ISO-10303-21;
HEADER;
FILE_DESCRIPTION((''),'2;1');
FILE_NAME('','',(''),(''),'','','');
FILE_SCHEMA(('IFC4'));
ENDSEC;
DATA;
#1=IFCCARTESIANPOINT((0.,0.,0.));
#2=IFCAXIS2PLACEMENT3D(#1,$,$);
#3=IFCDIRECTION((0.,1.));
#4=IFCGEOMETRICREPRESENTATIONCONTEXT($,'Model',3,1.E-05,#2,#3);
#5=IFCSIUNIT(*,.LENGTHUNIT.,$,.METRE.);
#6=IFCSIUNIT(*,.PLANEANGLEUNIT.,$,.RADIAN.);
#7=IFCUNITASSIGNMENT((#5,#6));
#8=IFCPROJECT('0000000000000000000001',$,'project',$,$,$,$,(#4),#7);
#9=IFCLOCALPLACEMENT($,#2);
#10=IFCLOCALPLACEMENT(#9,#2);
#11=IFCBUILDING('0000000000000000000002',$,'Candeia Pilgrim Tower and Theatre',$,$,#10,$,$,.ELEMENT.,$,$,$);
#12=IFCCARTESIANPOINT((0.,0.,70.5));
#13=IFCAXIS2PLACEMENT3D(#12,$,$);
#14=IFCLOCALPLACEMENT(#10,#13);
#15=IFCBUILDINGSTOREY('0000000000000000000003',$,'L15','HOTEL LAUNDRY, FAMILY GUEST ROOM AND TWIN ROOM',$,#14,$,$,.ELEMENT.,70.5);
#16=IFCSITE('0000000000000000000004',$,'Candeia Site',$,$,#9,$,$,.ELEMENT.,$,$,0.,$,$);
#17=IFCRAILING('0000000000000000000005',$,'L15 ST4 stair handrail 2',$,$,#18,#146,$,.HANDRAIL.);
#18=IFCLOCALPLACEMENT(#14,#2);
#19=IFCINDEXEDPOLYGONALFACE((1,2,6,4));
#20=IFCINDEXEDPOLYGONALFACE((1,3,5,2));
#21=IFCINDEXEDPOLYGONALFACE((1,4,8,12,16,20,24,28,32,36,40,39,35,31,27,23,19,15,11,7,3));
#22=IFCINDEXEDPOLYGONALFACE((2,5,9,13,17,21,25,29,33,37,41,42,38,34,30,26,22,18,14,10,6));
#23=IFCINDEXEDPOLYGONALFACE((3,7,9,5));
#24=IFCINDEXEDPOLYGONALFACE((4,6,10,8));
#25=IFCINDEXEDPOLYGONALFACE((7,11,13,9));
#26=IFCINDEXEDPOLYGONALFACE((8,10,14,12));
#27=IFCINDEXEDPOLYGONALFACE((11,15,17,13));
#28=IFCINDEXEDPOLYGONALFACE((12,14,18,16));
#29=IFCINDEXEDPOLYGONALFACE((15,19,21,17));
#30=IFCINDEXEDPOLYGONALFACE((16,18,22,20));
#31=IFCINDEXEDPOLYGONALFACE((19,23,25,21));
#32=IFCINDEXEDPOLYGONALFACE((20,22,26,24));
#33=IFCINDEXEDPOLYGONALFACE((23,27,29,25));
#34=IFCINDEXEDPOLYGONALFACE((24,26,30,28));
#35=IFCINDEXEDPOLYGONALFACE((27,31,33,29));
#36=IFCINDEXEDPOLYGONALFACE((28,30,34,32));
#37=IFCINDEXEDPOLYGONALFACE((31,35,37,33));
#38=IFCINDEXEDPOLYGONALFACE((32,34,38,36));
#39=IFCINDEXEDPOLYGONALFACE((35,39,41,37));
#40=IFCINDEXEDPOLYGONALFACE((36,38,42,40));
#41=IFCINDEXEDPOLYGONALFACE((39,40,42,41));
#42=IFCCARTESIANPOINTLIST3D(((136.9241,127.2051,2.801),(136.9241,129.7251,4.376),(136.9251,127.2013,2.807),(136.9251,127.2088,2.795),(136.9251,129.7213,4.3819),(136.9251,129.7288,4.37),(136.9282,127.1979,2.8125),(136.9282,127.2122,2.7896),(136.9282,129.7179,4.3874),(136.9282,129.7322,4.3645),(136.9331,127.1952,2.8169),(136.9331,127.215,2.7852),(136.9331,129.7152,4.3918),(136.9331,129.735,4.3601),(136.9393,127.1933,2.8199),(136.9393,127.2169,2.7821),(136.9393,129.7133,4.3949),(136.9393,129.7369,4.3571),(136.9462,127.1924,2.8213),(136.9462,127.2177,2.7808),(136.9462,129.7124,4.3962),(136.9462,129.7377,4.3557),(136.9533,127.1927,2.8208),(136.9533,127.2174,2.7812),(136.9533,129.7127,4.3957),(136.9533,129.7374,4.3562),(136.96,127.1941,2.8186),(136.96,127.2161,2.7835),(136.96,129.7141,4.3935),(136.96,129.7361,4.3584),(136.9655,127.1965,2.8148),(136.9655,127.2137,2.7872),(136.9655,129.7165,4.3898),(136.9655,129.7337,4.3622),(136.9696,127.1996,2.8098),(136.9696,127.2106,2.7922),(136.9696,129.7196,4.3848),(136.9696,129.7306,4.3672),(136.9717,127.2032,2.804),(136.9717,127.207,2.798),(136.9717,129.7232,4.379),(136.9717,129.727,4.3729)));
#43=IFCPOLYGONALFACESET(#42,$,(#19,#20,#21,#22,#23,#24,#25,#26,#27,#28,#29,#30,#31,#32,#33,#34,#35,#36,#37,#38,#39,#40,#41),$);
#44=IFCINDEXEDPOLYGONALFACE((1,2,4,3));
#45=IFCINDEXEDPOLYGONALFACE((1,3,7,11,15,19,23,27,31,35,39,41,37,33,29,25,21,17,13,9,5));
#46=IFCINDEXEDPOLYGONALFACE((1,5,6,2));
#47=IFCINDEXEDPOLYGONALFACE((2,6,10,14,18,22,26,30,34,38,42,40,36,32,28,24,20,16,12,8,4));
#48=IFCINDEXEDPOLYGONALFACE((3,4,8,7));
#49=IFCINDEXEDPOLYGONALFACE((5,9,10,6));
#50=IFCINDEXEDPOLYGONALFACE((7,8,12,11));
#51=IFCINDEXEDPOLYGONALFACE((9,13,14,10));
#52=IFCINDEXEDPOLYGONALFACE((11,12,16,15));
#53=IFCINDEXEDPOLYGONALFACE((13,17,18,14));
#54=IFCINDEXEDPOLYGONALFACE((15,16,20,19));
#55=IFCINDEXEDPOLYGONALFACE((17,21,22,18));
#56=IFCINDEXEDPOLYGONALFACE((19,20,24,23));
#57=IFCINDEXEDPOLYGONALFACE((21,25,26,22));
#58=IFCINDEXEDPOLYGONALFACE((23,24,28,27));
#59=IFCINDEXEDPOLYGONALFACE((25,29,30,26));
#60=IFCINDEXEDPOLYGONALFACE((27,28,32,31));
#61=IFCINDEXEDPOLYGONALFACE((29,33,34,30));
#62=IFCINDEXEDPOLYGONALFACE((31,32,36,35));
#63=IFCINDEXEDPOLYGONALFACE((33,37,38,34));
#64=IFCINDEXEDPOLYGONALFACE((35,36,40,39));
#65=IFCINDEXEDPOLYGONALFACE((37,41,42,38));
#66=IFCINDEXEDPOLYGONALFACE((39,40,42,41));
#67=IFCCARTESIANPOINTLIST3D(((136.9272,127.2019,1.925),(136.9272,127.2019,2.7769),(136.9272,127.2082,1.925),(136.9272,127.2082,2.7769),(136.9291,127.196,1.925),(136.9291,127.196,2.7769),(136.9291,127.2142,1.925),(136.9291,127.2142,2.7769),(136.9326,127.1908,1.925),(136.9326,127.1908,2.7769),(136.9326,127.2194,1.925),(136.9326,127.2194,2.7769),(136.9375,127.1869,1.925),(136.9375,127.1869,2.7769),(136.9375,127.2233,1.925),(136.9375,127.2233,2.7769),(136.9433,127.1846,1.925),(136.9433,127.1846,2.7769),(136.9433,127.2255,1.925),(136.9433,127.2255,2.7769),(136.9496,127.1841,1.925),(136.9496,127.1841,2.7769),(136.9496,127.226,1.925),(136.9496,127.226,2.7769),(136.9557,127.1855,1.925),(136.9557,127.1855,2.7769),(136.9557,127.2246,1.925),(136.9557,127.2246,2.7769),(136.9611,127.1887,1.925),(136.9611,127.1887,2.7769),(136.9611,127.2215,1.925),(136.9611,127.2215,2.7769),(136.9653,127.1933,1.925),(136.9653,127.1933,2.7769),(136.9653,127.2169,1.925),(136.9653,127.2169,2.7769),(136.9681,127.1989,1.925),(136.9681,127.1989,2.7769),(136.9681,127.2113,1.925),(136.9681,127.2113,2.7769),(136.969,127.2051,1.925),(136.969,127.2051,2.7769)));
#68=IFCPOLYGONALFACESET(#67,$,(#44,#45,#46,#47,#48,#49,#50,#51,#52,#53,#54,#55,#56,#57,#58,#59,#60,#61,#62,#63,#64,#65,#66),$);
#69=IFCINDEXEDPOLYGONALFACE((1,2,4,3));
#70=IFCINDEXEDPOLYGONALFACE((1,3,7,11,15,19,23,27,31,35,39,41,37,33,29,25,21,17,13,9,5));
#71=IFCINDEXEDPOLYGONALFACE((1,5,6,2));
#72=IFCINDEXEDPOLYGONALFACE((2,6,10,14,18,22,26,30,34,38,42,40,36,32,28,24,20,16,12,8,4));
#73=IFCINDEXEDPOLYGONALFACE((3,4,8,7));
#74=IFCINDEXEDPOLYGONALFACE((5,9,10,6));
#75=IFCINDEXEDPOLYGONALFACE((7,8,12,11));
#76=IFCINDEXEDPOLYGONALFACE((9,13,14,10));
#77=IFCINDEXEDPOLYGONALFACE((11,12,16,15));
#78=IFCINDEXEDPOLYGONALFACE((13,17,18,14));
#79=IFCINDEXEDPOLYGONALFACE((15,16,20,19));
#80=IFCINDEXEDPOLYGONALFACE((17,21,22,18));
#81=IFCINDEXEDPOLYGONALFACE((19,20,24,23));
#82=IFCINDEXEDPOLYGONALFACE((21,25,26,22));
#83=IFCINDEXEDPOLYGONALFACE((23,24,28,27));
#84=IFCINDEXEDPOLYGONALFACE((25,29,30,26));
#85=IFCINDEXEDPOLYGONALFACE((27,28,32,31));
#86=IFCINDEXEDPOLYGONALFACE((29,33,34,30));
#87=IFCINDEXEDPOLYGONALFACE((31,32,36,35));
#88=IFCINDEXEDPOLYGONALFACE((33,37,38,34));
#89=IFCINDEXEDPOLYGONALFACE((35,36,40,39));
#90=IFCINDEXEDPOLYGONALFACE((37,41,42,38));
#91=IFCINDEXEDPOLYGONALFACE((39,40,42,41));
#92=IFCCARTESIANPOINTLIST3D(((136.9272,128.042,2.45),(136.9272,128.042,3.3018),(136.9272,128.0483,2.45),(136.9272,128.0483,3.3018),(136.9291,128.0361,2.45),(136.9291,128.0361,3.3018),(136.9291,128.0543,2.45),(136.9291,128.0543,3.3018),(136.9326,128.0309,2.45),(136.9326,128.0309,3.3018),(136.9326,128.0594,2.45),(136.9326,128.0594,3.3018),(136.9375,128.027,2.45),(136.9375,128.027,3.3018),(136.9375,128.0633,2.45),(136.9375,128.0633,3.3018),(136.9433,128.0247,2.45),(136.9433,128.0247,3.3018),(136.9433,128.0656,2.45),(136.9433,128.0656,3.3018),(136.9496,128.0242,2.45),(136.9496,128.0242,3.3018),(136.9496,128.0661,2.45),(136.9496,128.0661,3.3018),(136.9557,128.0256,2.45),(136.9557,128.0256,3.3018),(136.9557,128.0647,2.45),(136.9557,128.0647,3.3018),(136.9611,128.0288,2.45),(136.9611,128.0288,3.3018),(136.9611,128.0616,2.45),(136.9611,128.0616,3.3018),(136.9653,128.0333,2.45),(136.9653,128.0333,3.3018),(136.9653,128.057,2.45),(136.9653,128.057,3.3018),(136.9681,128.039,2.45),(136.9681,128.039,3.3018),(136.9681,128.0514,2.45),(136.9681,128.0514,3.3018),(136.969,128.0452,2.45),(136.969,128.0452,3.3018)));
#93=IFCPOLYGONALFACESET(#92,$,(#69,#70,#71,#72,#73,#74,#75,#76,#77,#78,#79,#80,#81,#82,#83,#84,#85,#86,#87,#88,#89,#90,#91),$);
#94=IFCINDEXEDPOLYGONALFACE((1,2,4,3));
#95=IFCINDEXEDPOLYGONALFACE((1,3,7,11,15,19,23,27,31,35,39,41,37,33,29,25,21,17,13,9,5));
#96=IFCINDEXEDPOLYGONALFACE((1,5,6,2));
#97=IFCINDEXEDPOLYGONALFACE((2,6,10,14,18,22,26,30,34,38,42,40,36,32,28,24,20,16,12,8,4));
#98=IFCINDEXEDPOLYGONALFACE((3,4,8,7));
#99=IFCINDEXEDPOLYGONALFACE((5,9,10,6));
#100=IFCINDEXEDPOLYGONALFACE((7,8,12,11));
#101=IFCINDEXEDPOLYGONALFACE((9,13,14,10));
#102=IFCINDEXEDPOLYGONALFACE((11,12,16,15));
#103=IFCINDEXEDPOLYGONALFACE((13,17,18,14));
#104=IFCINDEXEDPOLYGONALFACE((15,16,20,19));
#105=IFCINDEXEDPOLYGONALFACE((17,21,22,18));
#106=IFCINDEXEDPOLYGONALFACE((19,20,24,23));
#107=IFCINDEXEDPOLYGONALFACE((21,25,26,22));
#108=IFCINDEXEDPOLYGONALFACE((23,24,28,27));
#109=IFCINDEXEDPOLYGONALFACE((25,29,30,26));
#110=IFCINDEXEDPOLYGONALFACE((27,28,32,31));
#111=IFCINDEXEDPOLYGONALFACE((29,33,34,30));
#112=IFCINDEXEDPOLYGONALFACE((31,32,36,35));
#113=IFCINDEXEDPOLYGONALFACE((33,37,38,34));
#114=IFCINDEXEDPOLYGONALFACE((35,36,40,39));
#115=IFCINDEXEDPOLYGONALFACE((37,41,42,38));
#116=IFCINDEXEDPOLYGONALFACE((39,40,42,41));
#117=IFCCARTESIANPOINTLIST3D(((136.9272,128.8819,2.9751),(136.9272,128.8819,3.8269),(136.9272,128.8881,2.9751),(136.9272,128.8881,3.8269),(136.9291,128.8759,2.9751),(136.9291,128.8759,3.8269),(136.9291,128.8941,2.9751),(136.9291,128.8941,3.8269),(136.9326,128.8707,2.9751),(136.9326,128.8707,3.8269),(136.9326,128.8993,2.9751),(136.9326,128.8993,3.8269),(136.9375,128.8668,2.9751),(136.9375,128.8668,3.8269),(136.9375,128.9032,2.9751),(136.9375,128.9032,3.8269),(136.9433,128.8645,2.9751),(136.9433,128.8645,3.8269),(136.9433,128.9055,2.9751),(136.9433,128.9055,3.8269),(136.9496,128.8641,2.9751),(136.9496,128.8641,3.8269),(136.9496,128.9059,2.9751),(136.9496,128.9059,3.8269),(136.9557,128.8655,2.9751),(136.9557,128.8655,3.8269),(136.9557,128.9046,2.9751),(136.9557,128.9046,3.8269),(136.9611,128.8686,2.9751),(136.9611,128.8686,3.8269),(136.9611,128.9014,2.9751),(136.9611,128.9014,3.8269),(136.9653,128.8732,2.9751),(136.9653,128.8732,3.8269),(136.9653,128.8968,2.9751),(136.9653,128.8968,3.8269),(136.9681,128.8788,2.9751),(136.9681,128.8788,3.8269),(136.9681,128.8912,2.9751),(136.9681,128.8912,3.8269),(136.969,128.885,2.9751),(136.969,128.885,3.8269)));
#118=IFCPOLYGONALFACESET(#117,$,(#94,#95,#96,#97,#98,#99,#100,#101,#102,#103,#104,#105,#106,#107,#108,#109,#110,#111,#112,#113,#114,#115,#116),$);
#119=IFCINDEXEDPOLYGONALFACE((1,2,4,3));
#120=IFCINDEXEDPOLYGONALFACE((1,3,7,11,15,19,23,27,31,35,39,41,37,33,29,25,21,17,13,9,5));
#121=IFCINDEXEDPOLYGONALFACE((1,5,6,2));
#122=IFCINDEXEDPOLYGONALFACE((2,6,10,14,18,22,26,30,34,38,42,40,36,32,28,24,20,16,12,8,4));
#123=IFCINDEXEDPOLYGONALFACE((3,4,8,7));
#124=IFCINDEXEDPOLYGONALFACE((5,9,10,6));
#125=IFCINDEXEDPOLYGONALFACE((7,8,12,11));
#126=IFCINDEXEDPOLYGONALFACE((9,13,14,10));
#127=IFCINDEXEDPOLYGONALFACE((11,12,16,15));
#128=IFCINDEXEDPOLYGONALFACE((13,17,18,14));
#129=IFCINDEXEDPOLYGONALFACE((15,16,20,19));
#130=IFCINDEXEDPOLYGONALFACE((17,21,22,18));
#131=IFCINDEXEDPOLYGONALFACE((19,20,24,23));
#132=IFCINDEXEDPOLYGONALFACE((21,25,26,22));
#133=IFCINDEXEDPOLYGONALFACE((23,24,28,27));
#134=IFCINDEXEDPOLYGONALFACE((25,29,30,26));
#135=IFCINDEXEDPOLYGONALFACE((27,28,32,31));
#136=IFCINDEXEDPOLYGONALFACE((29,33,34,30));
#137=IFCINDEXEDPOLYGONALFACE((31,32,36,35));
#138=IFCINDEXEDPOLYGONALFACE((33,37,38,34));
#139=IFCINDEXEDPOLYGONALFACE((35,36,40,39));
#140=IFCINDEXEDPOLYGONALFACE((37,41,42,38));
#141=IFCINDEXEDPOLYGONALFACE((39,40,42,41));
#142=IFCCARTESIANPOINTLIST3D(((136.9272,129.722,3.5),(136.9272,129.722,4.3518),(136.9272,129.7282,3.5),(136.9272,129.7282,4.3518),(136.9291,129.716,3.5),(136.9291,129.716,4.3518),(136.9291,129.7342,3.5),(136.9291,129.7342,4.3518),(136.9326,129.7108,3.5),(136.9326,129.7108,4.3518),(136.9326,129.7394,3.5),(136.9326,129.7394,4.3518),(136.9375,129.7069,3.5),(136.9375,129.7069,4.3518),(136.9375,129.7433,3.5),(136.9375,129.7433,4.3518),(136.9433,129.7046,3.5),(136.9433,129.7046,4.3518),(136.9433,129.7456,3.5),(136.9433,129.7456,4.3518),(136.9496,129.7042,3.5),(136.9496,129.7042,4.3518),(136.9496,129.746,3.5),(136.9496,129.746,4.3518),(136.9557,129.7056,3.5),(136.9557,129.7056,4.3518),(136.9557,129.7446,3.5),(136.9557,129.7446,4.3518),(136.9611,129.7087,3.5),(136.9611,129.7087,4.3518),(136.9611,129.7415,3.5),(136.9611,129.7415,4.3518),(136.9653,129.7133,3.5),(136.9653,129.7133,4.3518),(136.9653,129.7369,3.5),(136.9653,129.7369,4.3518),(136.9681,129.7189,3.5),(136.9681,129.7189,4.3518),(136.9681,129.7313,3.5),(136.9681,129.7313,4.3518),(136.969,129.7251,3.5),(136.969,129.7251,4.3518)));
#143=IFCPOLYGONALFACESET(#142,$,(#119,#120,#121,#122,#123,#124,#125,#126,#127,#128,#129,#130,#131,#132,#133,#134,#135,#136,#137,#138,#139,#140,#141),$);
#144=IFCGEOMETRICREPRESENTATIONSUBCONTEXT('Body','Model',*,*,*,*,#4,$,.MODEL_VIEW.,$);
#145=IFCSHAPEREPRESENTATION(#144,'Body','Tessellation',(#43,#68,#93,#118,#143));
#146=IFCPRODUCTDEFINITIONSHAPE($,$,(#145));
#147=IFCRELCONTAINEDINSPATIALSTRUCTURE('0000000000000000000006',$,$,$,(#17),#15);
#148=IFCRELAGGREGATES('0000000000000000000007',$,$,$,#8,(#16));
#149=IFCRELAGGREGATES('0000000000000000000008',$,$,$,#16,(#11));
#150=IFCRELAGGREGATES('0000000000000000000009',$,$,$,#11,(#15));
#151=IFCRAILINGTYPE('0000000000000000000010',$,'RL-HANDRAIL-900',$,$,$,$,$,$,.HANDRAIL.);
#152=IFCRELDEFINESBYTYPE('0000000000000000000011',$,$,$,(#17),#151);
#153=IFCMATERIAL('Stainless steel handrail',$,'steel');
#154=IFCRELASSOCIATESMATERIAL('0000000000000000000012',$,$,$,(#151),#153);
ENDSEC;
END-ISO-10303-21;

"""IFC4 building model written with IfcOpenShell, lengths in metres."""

from ifc_helpers import new_model, si_unit, direction, frame, origin, origin_2d, place, context, subcontext, project, spatial, circle, extrude, material, type_object, element, save


model = new_model("IFC4")

# Units and contexts
model_context = context("Model", 3, precision=1e-05, world=origin(), true_north=direction((0.0, 1.0)))
body_context = subcontext(model_context, "Body", "Model", "MODEL_VIEW")
ifc_project = project(units=[si_unit("LENGTHUNIT", "METRE"), si_unit("PLANEANGLEUNIT", "RADIAN")], contexts=[model_context])

# Site, building, storey
site_placement = place(None, origin())
site = spatial("IfcSite", under=ifc_project, at=site_placement, Name="Candeia Site", CompositionType="ELEMENT", RefElevation=0.0)
building_placement = place(site_placement, origin())
building = spatial("IfcBuilding", under=site, at=building_placement, Name="Candeia Pilgrim Tower and Theatre", CompositionType="ELEMENT")
storey_placement = place(building_placement, frame((0.0, 0.0, 70.5)))
storey = spatial("IfcBuildingStorey", under=building, at=storey_placement, Name="L15", Description="HOTEL LAUNDRY, FAMILY GUEST ROOM AND TWIN ROOM", CompositionType="ELEMENT", Elevation=70.5)

# Railing
ifc_material_1 = material(Name="Stainless steel handrail", Category="steel")
railing_type_1 = type_object("IfcRailingType", Name="RL-HANDRAIL-900", PredefinedType="HANDRAIL", material=ifc_material_1)
railing_1_placement = place(storey_placement, frame((136.948, 127.2051, 1.925)))
element("IfcRailing", 1, at=railing_1_placement, inside=storey, type_object=railing_type_1, Name="L15 ST4 stair handrail 2", PredefinedType="HANDRAIL", context=body_context, shape_type="SweptSolid", body=[
    extrude(circle(Radius=0.0239, at=origin_2d()), frame((0.0, 0.0, 0.876), z_axis=(0.0, 0.848008, 0.529984), x_axis=(-1.0, 0.0, 0.0)), (0.0, 0.0, 1.0), 2.9717),
    extrude(circle(Radius=0.021, at=origin_2d()), origin(), (0.0, 0.0, 1.0), 0.8518),
    extrude(circle(Radius=0.021, at=origin_2d()), frame((0.0, 0.8401, 0.5249)), (0.0, 0.0, 1.0), 0.8518),
    extrude(circle(Radius=0.021, at=origin_2d()), frame((0.0, 1.6799, 1.05)), (0.0, 0.0, 1.0), 0.8518),
    extrude(circle(Radius=0.021, at=origin_2d()), frame((0.0, 2.52, 1.575)), (0.0, 0.0, 1.0), 0.8518),
])

save(model, "model.ifc")
